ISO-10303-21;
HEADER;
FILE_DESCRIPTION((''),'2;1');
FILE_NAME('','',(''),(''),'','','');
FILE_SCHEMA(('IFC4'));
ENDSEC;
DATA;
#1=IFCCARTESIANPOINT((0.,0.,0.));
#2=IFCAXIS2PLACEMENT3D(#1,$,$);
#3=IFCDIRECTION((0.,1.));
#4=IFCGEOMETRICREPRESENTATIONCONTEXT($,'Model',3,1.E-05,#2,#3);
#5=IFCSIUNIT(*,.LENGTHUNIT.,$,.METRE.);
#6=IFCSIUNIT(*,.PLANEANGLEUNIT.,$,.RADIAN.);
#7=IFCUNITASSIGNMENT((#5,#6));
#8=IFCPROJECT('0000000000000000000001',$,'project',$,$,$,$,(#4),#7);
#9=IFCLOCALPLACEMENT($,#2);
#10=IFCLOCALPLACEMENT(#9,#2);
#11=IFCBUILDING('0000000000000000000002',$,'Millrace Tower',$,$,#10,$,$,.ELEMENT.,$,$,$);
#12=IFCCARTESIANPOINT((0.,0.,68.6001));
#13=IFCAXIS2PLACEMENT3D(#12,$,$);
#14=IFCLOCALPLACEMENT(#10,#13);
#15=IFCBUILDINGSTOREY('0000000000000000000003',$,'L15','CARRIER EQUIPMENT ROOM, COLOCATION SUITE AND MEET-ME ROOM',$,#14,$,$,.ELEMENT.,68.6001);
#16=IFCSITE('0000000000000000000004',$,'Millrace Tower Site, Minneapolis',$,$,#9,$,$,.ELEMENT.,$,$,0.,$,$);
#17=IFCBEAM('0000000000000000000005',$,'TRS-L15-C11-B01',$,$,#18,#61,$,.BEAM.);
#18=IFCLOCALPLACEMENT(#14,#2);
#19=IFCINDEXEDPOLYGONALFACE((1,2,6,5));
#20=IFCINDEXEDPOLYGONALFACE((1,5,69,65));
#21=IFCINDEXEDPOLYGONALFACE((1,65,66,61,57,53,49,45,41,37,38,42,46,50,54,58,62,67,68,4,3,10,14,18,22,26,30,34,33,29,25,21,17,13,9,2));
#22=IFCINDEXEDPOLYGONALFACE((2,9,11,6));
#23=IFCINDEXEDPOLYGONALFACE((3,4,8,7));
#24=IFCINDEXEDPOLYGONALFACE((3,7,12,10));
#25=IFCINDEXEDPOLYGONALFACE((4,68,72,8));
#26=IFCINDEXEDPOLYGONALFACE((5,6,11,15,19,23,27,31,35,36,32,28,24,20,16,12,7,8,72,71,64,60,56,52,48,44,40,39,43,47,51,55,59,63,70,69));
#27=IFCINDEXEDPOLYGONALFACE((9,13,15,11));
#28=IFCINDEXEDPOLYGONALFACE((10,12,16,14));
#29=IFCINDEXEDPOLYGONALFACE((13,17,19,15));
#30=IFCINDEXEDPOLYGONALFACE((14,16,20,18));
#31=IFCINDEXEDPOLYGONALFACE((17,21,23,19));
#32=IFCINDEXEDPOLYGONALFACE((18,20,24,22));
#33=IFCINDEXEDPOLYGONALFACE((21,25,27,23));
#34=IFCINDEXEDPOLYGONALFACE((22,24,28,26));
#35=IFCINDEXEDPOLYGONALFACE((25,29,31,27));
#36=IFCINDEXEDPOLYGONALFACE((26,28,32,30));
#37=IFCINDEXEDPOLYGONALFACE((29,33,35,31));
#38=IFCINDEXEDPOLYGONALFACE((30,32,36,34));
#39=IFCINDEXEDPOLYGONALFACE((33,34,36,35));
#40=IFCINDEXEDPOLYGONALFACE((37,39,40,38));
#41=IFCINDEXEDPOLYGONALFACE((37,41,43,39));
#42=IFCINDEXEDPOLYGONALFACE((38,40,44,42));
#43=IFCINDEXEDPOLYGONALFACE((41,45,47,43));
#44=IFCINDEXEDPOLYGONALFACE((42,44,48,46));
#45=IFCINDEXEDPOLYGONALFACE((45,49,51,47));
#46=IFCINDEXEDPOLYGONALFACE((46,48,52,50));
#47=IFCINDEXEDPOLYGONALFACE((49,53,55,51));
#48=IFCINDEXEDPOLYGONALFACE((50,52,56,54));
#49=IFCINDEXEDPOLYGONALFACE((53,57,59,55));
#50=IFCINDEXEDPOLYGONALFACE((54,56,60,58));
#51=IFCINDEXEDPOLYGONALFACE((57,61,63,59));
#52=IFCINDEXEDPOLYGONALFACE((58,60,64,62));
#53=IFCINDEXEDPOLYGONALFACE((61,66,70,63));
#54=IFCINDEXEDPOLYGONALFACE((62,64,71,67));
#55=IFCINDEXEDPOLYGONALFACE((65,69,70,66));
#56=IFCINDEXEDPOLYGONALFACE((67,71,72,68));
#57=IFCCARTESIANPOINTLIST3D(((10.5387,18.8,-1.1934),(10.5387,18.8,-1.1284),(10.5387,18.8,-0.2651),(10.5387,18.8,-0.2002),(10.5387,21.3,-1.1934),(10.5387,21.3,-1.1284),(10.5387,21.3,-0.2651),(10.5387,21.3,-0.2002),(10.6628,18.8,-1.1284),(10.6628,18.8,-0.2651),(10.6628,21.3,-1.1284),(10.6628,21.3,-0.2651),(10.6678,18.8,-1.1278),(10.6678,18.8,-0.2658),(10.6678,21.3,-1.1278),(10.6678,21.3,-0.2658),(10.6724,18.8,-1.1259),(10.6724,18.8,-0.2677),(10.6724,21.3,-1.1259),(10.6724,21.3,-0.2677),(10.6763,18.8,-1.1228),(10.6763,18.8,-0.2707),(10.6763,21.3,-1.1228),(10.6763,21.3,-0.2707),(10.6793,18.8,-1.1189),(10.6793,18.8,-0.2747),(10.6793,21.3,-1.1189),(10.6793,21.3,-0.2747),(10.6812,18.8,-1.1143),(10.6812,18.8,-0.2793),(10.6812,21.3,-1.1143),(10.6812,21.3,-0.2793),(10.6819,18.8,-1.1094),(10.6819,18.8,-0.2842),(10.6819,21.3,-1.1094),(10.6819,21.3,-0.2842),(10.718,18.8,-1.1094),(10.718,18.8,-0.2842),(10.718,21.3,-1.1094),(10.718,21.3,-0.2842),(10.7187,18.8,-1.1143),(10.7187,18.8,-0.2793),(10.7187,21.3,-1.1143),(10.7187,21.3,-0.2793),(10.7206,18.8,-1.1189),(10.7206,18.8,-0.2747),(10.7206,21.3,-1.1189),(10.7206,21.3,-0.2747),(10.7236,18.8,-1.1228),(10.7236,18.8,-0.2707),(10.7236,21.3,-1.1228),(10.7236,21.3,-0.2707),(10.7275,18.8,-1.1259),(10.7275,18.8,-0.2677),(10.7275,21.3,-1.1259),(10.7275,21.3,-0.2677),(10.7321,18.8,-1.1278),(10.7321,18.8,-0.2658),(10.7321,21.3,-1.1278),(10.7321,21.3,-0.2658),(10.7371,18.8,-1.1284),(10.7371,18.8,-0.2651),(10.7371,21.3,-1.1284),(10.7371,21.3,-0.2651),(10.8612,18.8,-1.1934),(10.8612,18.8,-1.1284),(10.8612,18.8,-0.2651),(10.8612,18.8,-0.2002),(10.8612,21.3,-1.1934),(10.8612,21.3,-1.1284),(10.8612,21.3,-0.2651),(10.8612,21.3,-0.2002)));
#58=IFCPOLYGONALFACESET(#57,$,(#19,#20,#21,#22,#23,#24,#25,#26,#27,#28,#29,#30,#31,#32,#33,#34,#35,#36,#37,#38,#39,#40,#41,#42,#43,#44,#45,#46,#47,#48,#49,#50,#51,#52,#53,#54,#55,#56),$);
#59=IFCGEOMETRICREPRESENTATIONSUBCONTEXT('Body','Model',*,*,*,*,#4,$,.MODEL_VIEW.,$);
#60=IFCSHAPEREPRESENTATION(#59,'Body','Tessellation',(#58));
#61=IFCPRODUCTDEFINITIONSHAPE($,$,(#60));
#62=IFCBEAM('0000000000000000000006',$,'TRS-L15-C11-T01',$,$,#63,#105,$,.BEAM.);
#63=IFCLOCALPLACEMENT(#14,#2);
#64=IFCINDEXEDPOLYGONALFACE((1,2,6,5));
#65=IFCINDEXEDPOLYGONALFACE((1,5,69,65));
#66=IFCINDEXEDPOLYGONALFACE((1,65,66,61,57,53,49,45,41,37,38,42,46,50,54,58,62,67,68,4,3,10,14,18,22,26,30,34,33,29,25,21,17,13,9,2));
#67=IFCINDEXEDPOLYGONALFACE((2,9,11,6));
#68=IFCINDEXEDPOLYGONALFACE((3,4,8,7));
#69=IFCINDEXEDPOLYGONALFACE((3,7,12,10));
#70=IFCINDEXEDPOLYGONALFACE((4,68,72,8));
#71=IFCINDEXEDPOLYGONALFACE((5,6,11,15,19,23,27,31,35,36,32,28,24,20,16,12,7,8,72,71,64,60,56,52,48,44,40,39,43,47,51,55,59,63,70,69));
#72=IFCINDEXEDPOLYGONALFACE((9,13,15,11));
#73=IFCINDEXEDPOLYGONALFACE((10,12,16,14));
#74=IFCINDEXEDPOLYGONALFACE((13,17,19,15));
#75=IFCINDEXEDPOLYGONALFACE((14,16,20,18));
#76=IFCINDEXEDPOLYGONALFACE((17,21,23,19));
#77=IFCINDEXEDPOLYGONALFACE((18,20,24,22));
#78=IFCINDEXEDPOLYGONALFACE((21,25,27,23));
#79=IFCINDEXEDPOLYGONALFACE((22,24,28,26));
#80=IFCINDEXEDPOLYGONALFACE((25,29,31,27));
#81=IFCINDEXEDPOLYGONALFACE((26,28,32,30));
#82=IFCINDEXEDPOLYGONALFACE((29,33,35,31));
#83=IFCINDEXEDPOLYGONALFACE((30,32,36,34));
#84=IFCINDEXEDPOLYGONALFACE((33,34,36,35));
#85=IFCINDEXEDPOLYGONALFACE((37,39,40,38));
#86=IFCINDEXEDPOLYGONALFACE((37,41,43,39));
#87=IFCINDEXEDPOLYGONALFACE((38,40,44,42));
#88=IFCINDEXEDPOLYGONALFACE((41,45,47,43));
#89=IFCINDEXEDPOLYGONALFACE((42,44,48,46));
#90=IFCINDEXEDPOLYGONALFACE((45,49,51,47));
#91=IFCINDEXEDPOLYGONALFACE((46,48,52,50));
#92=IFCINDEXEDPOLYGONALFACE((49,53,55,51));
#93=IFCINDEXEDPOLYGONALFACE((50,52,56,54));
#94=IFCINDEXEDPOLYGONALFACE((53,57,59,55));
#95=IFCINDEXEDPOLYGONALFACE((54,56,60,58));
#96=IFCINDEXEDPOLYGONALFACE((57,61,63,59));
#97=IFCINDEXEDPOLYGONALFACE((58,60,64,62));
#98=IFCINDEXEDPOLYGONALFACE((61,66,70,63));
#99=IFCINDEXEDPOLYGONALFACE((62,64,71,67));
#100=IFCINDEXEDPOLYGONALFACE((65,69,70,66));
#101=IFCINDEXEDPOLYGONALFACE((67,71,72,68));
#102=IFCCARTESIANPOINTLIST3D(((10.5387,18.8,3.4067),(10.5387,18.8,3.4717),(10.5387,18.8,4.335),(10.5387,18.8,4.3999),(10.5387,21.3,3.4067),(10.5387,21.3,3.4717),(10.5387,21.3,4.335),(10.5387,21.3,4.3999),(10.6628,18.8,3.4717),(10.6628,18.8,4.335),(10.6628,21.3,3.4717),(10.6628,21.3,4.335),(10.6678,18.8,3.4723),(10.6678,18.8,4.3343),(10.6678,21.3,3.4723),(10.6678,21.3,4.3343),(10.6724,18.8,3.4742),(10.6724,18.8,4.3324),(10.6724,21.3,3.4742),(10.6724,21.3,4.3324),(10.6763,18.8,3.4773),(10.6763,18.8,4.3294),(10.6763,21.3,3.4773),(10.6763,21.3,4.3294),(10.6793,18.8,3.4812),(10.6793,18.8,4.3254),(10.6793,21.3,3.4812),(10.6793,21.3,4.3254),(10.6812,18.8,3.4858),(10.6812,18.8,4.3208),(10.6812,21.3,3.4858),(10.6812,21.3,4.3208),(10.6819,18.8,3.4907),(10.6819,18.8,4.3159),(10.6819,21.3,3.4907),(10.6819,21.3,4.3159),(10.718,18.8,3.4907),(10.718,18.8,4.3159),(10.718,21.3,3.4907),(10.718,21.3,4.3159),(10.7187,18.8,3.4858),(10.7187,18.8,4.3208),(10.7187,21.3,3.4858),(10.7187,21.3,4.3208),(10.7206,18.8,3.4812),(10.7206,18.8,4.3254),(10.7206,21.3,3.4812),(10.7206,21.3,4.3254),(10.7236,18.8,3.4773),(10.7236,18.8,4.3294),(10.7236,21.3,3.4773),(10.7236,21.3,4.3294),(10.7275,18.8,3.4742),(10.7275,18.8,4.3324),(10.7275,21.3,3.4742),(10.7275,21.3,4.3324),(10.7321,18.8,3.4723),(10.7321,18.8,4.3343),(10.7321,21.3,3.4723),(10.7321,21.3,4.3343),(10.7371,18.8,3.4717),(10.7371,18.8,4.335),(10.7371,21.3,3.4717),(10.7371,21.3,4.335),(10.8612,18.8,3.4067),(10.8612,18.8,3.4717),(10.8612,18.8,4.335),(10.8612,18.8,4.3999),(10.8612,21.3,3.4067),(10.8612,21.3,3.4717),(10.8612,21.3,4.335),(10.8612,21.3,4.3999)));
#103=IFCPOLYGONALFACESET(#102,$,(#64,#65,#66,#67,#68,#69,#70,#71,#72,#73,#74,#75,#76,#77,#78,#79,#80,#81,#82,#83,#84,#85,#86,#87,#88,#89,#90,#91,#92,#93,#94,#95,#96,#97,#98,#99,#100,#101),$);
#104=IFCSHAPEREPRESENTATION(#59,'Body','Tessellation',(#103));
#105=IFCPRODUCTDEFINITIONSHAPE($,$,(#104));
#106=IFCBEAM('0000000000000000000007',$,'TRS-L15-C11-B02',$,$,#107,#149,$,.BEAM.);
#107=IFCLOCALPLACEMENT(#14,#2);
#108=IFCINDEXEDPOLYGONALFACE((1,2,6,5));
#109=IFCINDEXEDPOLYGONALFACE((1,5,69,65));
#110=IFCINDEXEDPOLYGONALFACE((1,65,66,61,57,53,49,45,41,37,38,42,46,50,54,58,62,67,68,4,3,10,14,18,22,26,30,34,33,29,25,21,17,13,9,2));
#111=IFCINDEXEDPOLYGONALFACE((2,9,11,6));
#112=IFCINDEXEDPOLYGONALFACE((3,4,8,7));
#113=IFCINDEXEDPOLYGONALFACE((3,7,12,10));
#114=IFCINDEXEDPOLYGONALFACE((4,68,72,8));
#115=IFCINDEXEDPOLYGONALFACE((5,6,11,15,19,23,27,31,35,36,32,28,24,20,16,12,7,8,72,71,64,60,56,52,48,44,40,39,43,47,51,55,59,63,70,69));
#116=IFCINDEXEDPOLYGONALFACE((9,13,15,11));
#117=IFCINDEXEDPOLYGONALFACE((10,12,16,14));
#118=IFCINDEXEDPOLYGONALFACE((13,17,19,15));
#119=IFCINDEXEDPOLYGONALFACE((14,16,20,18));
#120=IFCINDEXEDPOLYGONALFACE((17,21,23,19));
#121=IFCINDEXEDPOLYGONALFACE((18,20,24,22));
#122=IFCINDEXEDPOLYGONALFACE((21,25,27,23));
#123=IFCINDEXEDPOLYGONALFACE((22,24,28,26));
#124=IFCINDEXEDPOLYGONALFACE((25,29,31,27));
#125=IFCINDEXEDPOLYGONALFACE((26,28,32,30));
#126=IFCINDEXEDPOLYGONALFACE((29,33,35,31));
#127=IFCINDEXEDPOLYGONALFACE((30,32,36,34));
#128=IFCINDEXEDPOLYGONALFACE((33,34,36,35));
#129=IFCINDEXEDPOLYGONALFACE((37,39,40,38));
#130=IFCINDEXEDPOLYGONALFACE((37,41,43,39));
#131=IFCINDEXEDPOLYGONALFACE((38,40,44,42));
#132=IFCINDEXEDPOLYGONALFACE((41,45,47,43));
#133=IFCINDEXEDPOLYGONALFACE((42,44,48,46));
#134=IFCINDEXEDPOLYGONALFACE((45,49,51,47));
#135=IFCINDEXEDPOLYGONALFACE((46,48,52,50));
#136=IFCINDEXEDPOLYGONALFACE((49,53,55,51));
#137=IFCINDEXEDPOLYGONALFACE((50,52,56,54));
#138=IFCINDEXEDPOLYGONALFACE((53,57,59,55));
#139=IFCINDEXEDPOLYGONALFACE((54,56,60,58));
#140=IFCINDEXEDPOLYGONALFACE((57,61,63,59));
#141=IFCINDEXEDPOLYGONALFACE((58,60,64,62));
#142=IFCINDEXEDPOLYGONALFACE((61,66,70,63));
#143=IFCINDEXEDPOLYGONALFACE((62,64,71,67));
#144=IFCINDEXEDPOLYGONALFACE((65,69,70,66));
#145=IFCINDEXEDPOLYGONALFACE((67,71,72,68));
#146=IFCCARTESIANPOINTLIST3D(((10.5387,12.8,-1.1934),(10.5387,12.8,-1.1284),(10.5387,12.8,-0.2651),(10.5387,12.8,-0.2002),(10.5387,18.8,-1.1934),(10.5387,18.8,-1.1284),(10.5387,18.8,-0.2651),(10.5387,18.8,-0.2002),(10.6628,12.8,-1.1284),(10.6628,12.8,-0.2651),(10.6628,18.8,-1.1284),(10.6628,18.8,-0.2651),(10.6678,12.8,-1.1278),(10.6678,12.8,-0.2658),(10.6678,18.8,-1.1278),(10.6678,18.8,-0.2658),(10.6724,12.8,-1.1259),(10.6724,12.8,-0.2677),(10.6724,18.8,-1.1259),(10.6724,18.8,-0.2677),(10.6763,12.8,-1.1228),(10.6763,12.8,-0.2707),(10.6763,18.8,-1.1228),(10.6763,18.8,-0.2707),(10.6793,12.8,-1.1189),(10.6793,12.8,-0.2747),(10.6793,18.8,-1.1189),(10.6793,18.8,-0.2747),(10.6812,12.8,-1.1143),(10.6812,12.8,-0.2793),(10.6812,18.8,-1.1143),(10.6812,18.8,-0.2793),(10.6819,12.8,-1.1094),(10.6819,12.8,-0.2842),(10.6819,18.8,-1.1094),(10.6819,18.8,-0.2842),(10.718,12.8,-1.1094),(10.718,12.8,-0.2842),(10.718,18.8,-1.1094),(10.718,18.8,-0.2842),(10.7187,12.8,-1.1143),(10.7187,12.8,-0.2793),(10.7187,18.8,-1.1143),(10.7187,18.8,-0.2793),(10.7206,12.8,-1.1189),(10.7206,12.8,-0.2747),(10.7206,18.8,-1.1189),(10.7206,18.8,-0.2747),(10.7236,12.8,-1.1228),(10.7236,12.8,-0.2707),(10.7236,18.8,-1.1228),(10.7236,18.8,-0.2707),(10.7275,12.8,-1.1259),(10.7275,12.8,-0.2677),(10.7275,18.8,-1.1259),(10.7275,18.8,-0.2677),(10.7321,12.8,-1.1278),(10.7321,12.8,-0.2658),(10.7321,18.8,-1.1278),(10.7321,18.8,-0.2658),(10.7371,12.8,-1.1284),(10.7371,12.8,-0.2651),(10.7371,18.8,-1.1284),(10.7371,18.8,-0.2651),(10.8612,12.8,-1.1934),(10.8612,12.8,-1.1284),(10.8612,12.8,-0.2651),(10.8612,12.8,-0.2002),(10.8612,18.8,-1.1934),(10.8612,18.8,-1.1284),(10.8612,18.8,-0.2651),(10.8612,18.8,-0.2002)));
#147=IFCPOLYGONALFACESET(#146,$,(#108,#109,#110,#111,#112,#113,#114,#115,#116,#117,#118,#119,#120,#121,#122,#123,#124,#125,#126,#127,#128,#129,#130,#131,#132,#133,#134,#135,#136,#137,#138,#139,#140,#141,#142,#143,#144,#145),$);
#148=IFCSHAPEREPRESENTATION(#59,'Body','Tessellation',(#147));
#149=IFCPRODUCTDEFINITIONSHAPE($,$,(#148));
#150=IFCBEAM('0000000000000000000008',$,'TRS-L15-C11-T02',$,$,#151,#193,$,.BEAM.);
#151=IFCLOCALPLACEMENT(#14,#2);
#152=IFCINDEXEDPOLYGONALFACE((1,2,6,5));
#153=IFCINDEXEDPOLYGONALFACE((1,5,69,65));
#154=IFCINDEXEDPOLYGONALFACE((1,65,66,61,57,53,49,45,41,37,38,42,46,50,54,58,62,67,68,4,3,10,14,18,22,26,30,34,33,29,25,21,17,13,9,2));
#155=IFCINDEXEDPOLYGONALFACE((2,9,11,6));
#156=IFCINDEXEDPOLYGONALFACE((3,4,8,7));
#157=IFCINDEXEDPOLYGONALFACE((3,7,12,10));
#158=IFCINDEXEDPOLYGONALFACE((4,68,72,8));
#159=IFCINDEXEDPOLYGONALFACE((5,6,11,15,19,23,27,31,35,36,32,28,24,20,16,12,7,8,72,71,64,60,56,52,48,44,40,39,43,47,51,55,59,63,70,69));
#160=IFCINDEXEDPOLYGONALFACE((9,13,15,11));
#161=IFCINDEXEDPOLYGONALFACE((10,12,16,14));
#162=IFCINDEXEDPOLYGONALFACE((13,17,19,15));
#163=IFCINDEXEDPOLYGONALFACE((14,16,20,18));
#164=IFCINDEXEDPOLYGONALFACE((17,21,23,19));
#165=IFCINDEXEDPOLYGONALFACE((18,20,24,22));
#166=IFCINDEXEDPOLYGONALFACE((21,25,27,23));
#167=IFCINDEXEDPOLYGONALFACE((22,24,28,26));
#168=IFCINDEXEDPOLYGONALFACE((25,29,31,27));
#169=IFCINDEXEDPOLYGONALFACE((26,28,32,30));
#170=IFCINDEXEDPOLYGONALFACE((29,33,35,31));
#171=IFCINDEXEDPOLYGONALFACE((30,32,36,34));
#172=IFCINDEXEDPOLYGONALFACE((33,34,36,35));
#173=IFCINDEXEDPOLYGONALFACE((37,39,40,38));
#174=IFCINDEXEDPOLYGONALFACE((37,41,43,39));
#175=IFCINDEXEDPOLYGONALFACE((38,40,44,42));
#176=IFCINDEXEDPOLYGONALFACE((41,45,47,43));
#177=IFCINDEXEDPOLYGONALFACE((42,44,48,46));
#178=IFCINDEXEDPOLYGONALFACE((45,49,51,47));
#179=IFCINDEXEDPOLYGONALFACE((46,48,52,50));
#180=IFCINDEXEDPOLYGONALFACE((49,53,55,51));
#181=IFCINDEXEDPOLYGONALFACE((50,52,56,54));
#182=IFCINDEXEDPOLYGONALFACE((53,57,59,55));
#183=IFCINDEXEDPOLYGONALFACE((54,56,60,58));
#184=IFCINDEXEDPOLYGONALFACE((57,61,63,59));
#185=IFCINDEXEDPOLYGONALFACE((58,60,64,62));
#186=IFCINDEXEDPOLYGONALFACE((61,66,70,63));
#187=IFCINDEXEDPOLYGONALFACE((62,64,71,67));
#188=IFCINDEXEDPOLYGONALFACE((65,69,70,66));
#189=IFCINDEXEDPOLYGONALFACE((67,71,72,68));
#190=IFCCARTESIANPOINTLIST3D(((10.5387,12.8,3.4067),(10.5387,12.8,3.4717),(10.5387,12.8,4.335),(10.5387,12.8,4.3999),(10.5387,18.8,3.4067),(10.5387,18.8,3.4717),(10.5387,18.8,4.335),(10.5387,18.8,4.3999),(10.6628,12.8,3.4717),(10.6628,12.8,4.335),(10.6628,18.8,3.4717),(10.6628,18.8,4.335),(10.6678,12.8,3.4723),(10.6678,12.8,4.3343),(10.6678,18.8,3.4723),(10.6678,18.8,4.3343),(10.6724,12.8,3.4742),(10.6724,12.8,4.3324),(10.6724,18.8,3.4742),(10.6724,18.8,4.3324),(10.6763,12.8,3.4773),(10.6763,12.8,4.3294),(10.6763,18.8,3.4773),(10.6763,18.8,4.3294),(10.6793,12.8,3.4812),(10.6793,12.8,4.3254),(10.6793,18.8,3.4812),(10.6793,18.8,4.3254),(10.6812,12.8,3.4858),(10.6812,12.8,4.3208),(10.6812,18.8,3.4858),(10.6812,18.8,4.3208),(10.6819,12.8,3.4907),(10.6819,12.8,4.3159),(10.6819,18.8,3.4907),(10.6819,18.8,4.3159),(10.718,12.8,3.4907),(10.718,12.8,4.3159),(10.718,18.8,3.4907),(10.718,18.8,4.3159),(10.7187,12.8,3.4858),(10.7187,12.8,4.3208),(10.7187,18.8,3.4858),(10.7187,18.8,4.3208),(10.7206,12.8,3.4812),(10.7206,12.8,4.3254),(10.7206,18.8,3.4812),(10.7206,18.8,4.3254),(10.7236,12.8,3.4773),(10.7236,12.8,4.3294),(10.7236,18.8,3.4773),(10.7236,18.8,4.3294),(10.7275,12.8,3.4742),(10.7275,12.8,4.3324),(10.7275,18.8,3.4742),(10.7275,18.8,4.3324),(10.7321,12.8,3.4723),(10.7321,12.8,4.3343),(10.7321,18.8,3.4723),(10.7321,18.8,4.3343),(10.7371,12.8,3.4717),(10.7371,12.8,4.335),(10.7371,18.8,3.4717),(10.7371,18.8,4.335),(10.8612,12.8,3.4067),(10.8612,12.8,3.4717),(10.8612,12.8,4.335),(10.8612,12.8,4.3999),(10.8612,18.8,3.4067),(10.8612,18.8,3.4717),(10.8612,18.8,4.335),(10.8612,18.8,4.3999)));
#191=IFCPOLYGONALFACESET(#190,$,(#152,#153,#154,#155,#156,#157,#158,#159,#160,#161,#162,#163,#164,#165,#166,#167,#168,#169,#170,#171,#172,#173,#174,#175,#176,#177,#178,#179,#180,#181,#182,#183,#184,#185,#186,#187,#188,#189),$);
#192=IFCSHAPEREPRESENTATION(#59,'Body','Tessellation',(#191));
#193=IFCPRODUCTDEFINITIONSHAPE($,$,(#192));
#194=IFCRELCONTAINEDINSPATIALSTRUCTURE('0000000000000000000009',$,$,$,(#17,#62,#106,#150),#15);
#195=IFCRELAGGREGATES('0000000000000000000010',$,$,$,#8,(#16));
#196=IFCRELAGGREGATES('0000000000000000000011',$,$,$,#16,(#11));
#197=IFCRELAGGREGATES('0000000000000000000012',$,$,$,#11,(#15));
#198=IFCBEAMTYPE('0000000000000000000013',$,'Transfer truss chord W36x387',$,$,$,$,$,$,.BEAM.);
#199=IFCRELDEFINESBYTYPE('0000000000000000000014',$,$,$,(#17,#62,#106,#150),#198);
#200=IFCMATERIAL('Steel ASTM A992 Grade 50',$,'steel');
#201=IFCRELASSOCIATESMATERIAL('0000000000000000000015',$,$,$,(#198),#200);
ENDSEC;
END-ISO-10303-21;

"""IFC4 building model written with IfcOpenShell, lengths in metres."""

from ifc_helpers import new_model, si_unit, direction, frame, origin, origin_2d, place, context, subcontext, project, spatial, i_section, extrude, material, material_profile, profile_set, type_object, element, save


model = new_model("IFC4")

# Units and contexts
model_context = context("Model", 3, precision=1e-05, world=origin(), true_north=direction((0.0, 1.0)))
body_context = subcontext(model_context, "Body", "Model", "MODEL_VIEW")
ifc_project = project(units=[si_unit("LENGTHUNIT", "METRE"), si_unit("PLANEANGLEUNIT", "RADIAN")], contexts=[model_context])

# Site, building, storey
site_placement = place(None, origin())
site = spatial("IfcSite", under=ifc_project, at=site_placement, Name="Millrace Tower Site, Minneapolis", CompositionType="ELEMENT", RefElevation=0.0)
building_placement = place(site_placement, origin())
building = spatial("IfcBuilding", under=site, at=building_placement, Name="Millrace Tower", CompositionType="ELEMENT")
storey_placement = place(building_placement, frame((0.0, 0.0, 68.6001)))
storey = spatial("IfcBuildingStorey", under=building, at=storey_placement, Name="L15", Description="CARRIER EQUIPMENT ROOM, COLOCATION SUITE AND MEET-ME ROOM", CompositionType="ELEMENT", Elevation=68.6001)

# Beams
ifc_material_1 = material(Name="Steel ASTM A992 Grade 50", Category="steel")
ifc_material_profile_1 = material_profile(ifc_material_1, i_section(OverallWidth=0.3225, OverallDepth=0.9932, WebThickness=0.0361, FlangeThickness=0.0649, FilletRadius=0.019, at=origin_2d()))
ifc_profile_set_1 = profile_set([ifc_material_profile_1], Name="Steel ASTM A992 Grade 50")
beam_type_1 = type_object("IfcBeamType", Name="Transfer truss chord W36x387", PredefinedType="BEAM", material=ifc_profile_set_1)
for number, where, z_axis, x_axis, name in (
    (1, (10.7, 21.3, -0.6968), (0.0, -1.0, 0.0), (1.0, 0.0, 0.0), "TRS-L15-C11-B01"),
    (2, (10.7, 21.3, 3.9033), (0.0, -1.0, 0.0), (1.0, 0.0, 0.0), "TRS-L15-C11-T01"),
):
    element("IfcBeam", number, at=place(storey_placement, frame(where, z_axis=z_axis, x_axis=x_axis)), inside=storey, type_object=beam_type_1, Name=name, PredefinedType="BEAM", context=body_context, shape_type="SweptSolid", body=[
        extrude(i_section(OverallWidth=0.3225, OverallDepth=0.9932, WebThickness=0.0361, FlangeThickness=0.0649, FilletRadius=0.019, at=origin_2d()), origin(), (0.0, 0.0, 1.0), 2.5),
    ])
for number, where, z_axis, x_axis, name in (
    (3, (10.7, 18.8, -0.6968), (0.0, -1.0, 0.0), (1.0, 0.0, 0.0), "TRS-L15-C11-B02"),
    (4, (10.7, 18.8, 3.9033), (0.0, -1.0, 0.0), (1.0, 0.0, 0.0), "TRS-L15-C11-T02"),
):
    element("IfcBeam", number, at=place(storey_placement, frame(where, z_axis=z_axis, x_axis=x_axis)), inside=storey, type_object=beam_type_1, Name=name, PredefinedType="BEAM", context=body_context, shape_type="SweptSolid", body=[
        extrude(i_section(OverallWidth=0.3225, OverallDepth=0.9932, WebThickness=0.0361, FlangeThickness=0.0649, FilletRadius=0.019, at=origin_2d()), origin(), (0.0, 0.0, 1.0), 6.0),
    ])

save(model, "model.ifc")
